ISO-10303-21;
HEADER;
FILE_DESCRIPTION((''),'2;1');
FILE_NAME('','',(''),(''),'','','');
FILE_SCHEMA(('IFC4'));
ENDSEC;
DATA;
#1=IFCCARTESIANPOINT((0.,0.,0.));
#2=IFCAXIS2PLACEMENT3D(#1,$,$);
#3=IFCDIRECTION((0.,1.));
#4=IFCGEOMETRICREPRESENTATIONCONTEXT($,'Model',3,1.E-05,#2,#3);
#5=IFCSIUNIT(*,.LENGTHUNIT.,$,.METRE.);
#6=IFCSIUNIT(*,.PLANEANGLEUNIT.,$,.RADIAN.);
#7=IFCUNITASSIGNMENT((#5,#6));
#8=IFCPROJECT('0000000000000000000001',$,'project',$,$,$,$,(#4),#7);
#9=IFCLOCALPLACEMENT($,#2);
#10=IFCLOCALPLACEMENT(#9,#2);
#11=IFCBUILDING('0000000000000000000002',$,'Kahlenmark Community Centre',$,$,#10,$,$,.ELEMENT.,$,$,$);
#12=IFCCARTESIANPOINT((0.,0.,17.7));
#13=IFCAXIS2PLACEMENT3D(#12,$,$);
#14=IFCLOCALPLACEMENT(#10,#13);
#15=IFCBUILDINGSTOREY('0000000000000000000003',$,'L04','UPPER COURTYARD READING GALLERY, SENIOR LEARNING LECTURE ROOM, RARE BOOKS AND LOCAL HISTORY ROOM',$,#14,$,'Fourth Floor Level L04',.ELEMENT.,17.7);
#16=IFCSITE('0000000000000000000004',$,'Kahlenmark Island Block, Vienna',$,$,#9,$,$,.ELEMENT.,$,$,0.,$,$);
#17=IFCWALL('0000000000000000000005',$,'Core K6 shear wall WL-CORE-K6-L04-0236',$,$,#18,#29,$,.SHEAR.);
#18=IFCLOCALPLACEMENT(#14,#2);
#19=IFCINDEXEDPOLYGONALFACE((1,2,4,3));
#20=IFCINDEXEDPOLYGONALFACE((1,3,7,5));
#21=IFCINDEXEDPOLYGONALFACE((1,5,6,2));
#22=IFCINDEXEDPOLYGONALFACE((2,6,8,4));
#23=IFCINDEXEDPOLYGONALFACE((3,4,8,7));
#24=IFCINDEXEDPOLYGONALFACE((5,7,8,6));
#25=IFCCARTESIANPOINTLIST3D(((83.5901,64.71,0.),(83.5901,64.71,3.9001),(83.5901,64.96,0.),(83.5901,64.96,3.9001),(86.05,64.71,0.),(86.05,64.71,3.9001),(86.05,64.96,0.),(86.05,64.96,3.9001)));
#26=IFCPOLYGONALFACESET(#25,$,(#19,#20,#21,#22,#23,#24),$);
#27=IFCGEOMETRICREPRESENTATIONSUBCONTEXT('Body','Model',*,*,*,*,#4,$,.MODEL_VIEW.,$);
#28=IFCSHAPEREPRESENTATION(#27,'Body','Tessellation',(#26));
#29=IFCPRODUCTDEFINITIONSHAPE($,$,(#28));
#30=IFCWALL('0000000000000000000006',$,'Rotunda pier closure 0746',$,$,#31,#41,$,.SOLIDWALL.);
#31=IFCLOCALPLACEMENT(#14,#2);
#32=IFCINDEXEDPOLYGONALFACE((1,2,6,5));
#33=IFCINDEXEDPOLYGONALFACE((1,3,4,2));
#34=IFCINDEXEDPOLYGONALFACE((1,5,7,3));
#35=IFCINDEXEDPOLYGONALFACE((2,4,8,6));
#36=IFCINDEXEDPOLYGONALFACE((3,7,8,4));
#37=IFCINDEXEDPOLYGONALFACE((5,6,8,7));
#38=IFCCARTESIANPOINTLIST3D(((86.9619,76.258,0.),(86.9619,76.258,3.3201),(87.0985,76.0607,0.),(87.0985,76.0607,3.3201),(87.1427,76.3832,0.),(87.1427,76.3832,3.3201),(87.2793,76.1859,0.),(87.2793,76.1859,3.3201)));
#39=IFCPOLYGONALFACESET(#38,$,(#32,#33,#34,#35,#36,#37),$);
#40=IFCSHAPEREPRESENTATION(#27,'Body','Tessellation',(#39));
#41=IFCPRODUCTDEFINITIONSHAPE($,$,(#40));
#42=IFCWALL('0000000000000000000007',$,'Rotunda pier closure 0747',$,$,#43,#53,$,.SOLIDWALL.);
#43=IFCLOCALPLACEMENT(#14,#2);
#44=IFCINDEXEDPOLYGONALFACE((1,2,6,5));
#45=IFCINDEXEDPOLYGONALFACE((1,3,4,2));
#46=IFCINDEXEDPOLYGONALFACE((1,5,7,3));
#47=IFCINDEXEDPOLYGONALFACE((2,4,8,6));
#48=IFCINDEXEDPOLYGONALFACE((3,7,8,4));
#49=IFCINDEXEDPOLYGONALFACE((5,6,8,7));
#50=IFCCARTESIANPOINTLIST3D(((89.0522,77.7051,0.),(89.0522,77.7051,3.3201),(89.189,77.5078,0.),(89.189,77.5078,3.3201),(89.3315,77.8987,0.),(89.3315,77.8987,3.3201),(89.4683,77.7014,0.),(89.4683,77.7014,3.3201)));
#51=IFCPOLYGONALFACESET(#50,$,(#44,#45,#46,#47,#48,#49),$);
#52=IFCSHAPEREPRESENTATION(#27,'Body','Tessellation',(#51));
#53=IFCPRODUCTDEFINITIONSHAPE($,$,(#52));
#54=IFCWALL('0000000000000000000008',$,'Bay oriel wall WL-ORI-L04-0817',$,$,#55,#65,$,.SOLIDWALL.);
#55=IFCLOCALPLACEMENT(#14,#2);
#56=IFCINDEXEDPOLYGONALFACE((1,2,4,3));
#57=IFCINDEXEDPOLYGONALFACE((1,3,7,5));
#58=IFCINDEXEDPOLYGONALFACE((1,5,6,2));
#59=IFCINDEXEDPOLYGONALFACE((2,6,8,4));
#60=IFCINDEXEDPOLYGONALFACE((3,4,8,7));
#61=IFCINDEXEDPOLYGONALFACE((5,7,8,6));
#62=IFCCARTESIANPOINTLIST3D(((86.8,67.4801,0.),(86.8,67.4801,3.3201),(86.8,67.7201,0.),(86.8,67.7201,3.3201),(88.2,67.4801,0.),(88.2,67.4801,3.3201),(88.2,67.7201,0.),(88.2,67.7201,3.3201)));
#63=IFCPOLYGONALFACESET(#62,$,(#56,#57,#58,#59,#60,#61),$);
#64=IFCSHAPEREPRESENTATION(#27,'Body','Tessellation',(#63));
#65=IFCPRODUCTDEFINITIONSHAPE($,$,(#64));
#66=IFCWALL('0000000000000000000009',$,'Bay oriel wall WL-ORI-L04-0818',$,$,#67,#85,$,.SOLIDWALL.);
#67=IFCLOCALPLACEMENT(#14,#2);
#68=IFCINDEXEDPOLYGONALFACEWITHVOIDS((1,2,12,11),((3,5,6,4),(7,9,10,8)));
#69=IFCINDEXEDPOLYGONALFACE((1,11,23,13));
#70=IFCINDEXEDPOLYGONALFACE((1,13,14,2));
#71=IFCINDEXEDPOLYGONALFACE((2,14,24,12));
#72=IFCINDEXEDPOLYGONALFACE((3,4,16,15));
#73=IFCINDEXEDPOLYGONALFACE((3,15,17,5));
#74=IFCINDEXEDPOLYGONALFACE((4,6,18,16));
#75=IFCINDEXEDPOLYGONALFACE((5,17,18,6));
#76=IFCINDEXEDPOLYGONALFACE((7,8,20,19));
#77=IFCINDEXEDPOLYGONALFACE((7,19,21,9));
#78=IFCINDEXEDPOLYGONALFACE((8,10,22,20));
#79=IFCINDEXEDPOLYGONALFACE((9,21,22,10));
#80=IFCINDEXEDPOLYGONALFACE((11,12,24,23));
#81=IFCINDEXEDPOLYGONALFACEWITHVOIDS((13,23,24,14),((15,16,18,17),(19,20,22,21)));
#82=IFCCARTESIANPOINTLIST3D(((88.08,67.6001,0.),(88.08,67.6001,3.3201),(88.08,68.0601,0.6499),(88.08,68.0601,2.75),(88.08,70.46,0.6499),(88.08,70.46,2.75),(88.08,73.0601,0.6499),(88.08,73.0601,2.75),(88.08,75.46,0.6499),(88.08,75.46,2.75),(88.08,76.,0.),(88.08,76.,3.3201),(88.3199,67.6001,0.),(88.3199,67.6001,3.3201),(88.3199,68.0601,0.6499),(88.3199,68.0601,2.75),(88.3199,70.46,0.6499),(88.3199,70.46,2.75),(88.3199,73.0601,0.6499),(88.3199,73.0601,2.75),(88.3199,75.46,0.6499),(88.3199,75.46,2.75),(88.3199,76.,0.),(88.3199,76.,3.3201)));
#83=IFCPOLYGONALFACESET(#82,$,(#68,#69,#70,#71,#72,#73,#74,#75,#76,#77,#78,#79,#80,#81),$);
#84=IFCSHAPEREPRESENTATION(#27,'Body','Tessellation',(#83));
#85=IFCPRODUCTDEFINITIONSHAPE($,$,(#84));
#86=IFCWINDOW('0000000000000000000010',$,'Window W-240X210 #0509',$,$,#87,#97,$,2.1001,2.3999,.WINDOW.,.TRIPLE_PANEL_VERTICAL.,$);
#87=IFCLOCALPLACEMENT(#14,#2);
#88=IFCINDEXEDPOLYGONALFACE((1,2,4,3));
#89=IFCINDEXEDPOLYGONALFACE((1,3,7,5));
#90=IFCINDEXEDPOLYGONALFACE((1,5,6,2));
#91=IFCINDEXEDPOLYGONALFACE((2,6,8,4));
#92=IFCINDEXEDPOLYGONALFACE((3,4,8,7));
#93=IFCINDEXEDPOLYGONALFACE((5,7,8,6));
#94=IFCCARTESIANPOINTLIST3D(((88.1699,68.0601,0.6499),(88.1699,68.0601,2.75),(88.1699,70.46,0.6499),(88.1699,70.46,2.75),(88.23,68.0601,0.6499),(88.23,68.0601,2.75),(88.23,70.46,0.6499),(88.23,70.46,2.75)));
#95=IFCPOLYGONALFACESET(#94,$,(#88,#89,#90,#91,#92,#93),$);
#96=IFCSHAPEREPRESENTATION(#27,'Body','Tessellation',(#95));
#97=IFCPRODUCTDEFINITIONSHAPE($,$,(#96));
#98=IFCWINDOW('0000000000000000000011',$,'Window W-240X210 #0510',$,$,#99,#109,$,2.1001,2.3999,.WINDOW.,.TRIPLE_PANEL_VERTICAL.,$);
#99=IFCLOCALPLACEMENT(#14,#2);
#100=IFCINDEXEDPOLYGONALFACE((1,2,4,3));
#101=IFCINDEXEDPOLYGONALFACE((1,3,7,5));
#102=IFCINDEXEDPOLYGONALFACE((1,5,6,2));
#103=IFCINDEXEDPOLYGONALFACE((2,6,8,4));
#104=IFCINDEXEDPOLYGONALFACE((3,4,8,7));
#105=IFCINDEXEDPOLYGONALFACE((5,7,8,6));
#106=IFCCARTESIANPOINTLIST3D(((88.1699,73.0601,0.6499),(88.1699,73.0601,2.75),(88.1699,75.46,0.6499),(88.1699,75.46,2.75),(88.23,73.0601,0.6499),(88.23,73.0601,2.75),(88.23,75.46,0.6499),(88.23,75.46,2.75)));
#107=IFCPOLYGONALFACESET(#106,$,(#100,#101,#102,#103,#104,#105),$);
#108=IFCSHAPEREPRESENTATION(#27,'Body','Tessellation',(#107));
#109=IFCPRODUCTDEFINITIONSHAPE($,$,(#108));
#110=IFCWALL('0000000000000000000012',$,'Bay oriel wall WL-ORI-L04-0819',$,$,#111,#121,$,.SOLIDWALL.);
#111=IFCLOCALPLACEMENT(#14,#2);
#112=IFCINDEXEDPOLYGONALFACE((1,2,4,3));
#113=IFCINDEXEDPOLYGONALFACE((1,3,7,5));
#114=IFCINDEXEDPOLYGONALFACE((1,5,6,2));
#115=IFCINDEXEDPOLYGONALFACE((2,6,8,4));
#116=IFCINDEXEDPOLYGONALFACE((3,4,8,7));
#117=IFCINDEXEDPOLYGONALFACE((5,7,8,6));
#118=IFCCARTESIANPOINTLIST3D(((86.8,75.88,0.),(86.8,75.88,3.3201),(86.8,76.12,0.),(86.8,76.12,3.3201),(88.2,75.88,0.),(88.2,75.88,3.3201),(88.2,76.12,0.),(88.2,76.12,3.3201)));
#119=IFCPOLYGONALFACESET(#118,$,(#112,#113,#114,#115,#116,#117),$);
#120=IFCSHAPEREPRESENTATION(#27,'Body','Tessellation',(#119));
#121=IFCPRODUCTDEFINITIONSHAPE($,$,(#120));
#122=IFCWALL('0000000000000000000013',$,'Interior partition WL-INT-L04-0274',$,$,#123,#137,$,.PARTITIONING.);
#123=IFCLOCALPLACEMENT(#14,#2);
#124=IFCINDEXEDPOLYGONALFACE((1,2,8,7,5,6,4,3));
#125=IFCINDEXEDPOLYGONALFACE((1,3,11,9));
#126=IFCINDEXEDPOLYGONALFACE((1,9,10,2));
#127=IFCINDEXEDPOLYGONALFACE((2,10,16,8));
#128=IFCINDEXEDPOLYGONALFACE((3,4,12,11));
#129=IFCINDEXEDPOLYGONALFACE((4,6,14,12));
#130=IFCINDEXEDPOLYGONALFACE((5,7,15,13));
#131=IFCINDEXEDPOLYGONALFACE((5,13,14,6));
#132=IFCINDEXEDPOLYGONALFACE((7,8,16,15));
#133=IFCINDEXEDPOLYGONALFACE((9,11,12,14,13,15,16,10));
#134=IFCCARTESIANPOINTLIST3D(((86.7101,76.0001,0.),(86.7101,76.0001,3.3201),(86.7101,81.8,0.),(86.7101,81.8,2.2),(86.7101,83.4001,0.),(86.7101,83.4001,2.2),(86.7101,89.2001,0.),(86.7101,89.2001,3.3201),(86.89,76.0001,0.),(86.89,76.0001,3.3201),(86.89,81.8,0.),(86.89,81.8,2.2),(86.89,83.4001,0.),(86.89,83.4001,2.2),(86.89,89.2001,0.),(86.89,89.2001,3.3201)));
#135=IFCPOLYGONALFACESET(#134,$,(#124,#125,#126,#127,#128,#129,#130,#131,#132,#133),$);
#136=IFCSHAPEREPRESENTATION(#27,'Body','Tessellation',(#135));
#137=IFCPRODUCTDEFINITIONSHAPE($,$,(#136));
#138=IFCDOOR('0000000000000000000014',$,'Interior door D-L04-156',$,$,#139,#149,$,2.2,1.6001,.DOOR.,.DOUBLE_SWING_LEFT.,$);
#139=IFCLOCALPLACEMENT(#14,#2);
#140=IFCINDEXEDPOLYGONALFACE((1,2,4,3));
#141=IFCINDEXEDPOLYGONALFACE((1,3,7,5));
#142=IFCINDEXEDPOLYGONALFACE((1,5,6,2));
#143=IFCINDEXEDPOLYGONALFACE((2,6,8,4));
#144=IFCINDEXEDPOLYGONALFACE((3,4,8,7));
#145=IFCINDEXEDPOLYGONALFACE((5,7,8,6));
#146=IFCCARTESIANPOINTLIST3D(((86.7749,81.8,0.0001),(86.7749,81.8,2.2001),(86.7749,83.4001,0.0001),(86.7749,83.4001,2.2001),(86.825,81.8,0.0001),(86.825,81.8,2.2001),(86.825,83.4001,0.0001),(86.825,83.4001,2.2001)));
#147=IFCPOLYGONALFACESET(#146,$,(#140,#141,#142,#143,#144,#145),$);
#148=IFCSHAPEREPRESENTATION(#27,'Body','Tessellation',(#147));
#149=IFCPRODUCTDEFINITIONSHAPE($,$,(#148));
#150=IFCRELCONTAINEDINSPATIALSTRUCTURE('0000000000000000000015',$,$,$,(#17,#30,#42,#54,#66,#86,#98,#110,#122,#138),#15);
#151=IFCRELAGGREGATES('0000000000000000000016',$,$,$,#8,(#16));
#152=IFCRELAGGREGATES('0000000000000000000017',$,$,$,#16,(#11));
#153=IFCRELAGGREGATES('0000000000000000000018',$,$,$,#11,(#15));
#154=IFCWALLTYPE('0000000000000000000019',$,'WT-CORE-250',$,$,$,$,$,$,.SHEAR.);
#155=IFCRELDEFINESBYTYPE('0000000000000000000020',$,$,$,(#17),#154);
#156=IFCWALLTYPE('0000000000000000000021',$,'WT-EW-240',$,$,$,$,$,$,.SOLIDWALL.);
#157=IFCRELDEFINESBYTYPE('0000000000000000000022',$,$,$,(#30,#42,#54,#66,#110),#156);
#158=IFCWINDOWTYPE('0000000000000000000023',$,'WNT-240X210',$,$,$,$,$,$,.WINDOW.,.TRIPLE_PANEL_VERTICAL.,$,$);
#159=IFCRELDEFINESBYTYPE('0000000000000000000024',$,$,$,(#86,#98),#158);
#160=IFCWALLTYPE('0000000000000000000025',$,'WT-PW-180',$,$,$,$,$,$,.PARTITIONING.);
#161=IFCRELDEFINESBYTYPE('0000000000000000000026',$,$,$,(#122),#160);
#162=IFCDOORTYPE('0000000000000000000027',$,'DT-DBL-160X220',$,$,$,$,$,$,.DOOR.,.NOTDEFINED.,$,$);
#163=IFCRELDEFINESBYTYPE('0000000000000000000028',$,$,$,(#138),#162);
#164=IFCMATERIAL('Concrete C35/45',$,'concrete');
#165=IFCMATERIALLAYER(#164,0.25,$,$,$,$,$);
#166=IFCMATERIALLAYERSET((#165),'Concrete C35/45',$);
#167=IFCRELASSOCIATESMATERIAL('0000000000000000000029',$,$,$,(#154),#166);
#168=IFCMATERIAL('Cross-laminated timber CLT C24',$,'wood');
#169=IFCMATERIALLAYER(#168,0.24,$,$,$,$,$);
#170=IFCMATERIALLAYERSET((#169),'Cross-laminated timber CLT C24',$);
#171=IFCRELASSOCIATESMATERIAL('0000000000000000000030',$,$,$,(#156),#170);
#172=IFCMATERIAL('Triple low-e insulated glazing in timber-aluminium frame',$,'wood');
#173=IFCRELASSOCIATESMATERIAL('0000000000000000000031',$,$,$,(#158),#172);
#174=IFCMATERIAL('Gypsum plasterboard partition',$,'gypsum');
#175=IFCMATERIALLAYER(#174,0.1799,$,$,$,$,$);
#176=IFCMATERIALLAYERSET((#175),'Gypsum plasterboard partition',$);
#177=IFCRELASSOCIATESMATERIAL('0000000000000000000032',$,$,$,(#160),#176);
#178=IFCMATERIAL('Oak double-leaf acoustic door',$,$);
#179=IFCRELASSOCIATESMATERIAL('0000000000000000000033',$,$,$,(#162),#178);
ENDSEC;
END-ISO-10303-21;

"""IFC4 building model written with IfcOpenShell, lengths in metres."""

from ifc_helpers import new_model, si_unit, direction, frame, frame_2d, origin, place, context, subcontext, project, spatial, rectangle, extrude, material, layer, layer_set, type_object, element, fill, save


model = new_model("IFC4")

# Units and contexts
model_context = context("Model", 3, precision=1e-05, world=origin(), true_north=direction((0.0, 1.0)))
body_context = subcontext(model_context, "Body", "Model", "MODEL_VIEW")
ifc_project = project(units=[si_unit("LENGTHUNIT", "METRE"), si_unit("PLANEANGLEUNIT", "RADIAN")], contexts=[model_context])

# Site, building, storey
site_placement = place(None, origin())
site = spatial("IfcSite", under=ifc_project, at=site_placement, Name="Kahlenmark Island Block, Vienna", CompositionType="ELEMENT", RefElevation=0.0)
building_placement = place(site_placement, origin())
building = spatial("IfcBuilding", under=site, at=building_placement, Name="Kahlenmark Community Centre", CompositionType="ELEMENT")
storey_placement = place(building_placement, frame((0.0, 0.0, 17.7)))
storey = spatial("IfcBuildingStorey", under=building, at=storey_placement, Name="L04", Description="UPPER COURTYARD READING GALLERY, SENIOR LEARNING LECTURE ROOM, RARE BOOKS AND LOCAL HISTORY ROOM", LongName="Fourth Floor Level L04", CompositionType="ELEMENT", Elevation=17.7)

# Walls
ifc_material_1 = material(Name="Concrete C35/45", Category="concrete")
ifc_layer_1 = layer(ifc_material_1, 0.25)
ifc_layer_set_1 = layer_set([ifc_layer_1], Name="Concrete C35/45")
wall_type_1 = type_object("IfcWallType", Name="WT-CORE-250", PredefinedType="SHEAR", material=ifc_layer_set_1)
wall_1_placement = place(storey_placement, frame((83.5901, 64.835, 0.0), z_axis=(0.0, 0.0, 1.0), x_axis=(1.0, 0.0, 0.0)))
element("IfcWall", 1, at=wall_1_placement, inside=storey, type_object=wall_type_1, Name="Core K6 shear wall WL-CORE-K6-L04-0236", PredefinedType="SHEAR", context=body_context, shape_type="SweptSolid", body=[
    extrude(rectangle(XDim=2.46, YDim=0.25, at=frame_2d((1.23, 0.0))), origin(), (0.0, 0.0, 1.0), 3.9001),
])
ifc_material_2 = material(Name="Cross-laminated timber CLT C24", Category="wood")
ifc_layer_2 = layer(ifc_material_2, 0.24)
ifc_layer_set_2 = layer_set([ifc_layer_2], Name="Cross-laminated timber CLT C24")
wall_type_2 = type_object("IfcWallType", Name="WT-EW-240", PredefinedType="SOLIDWALL", material=ifc_layer_set_2)
wall_2_placement = place(storey_placement, frame((87.0303, 76.1594, 0.0), z_axis=(0.0, 0.0, 1.0), x_axis=(0.822192, 0.56921, 0.0)))
element("IfcWall", 2, at=wall_2_placement, inside=storey, type_object=wall_type_2, Name="Rotunda pier closure 0746", PredefinedType="SOLIDWALL", context=body_context, shape_type="SweptSolid", body=[
    extrude(rectangle(XDim=0.22, YDim=0.24, at=frame_2d((0.1099, 0.0))), origin(), (0.0, 0.0, 1.0), 3.3201),
])
wall_3_placement = place(storey_placement, frame((89.1206, 77.6064, 0.0), z_axis=(0.0, 0.0, 1.0), x_axis=(0.821856, 0.569696, 0.0)))
element("IfcWall", 3, at=wall_3_placement, inside=storey, type_object=wall_type_2, Name="Rotunda pier closure 0747", PredefinedType="SOLIDWALL", context=body_context, shape_type="SweptSolid", body=[
    extrude(rectangle(XDim=0.3398, YDim=0.24, at=frame_2d((0.1699, 0.0))), origin(), (0.0, 0.0, 1.0), 3.3201),
])
wall_4_placement = place(storey_placement, frame((86.8, 67.6001, 0.0), z_axis=(0.0, 0.0, 1.0), x_axis=(1.0, 0.0, 0.0)))
element("IfcWall", 4, at=wall_4_placement, inside=storey, type_object=wall_type_2, Name="Bay oriel wall WL-ORI-L04-0817", PredefinedType="SOLIDWALL", context=body_context, shape_type="SweptSolid", body=[
    extrude(rectangle(XDim=1.3999, YDim=0.24, at=frame_2d((0.7, 0.0))), origin(), (0.0, 0.0, 1.0), 3.3201),
])

# Wall, openings, windows
wall_5_placement = place(storey_placement, frame((88.2, 67.6001, 0.0), z_axis=(0.0, 0.0, 1.0), x_axis=(0.0, 1.0, 0.0)))
wall_5 = element("IfcWall", 5, at=wall_5_placement, inside=storey, type_object=wall_type_2, Name="Bay oriel wall WL-ORI-L04-0818", PredefinedType="SOLIDWALL", context=body_context, shape_type="SweptSolid", body=[
    extrude(rectangle(XDim=8.3999, YDim=0.24, at=frame_2d((4.2, 0.0))), origin(), (0.0, 0.0, 1.0), 3.3201),
])
opening_1_placement = place(wall_5_placement, frame((0.46, 0.0, 0.6499)))
opening_1 = element("IfcOpeningElement", 6, at=opening_1_placement, cuts=wall_5, PredefinedType="OPENING", context=body_context, shape_type="SweptSolid", body=[
    extrude(rectangle(XDim=2.3999, YDim=2.1001, at=frame_2d((1.2, 1.05))), frame((0.0, 0.1299, 0.0), z_axis=(0.0, -1.0, 0.0), x_axis=(1.0, 0.0, 0.0)), (0.0, 0.0, 1.0), 0.26),
])
opening_2_placement = place(wall_5_placement, frame((5.46, 0.0, 0.6499)))
opening_2 = element("IfcOpeningElement", 7, at=opening_2_placement, cuts=wall_5, PredefinedType="OPENING", context=body_context, shape_type="SweptSolid", body=[
    extrude(rectangle(XDim=2.3999, YDim=2.1001, at=frame_2d((1.2, 1.05))), frame((0.0, 0.1299, 0.0), z_axis=(0.0, -1.0, 0.0), x_axis=(1.0, 0.0, 0.0)), (0.0, 0.0, 1.0), 0.26),
])
ifc_material_3 = material(Name="Triple low-e insulated glazing in timber-aluminium frame", Category="wood")
window_type = type_object("IfcWindowType", Name="WNT-240X210", PartitioningType="TRIPLE_PANEL_VERTICAL", PredefinedType="WINDOW", material=ifc_material_3)
window_1_placement = place(opening_1_placement, origin())
window_1 = element("IfcWindow", 8, at=window_1_placement, inside=storey, type_object=window_type, Name="Window W-240X210 #0509", OverallHeight=2.1001, OverallWidth=2.3999, PartitioningType="TRIPLE_PANEL_VERTICAL", PredefinedType="WINDOW", context=body_context, shape_type="SweptSolid", body=[
    extrude(rectangle(XDim=2.3999, YDim=2.1001, at=frame_2d((1.2, 1.05))), frame((0.0, 0.03, 0.0), z_axis=(0.0, -1.0, 0.0), x_axis=(1.0, 0.0, 0.0)), (0.0, 0.0, 1.0), 0.0601),
])
fill(opening_1, window_1)
window_2_placement = place(opening_2_placement, origin())
window_2 = element("IfcWindow", 9, at=window_2_placement, inside=storey, type_object=window_type, Name="Window W-240X210 #0510", OverallHeight=2.1001, OverallWidth=2.3999, PartitioningType="TRIPLE_PANEL_VERTICAL", PredefinedType="WINDOW", context=body_context, shape_type="SweptSolid", body=[
    extrude(rectangle(XDim=2.3999, YDim=2.1001, at=frame_2d((1.2, 1.05))), frame((0.0, 0.03, 0.0), z_axis=(0.0, -1.0, 0.0), x_axis=(1.0, 0.0, 0.0)), (0.0, 0.0, 1.0), 0.0601),
])
fill(opening_2, window_2)

# Wall
wall_6_placement = place(storey_placement, frame((88.2, 76.0, 0.0), z_axis=(0.0, 0.0, 1.0), x_axis=(-1.0, 0.0, 0.0)))
element("IfcWall", 10, at=wall_6_placement, inside=storey, type_object=wall_type_2, Name="Bay oriel wall WL-ORI-L04-0819", PredefinedType="SOLIDWALL", context=body_context, shape_type="SweptSolid", body=[
    extrude(rectangle(XDim=1.3999, YDim=0.24, at=frame_2d((0.7, 0.0))), origin(), (0.0, 0.0, 1.0), 3.3201),
])

# Wall, opening, door
ifc_material_4 = material(Name="Gypsum plasterboard partition", Category="gypsum")
ifc_layer_3 = layer(ifc_material_4, 0.1799)
ifc_layer_set_3 = layer_set([ifc_layer_3], Name="Gypsum plasterboard partition")
wall_type_3 = type_object("IfcWallType", Name="WT-PW-180", PredefinedType="PARTITIONING", material=ifc_layer_set_3)
wall_7_placement = place(storey_placement, frame((86.8, 76.0, 0.0), z_axis=(0.0, 0.0, 1.0), x_axis=(0.0, 1.0, 0.0)))
wall_7 = element("IfcWall", 11, at=wall_7_placement, inside=storey, type_object=wall_type_3, Name="Interior partition WL-INT-L04-0274", PredefinedType="PARTITIONING", context=body_context, shape_type="SweptSolid", body=[
    extrude(rectangle(XDim=13.2, YDim=0.1799, at=frame_2d((6.6001, 0.0))), origin(), (0.0, 0.0, 1.0), 3.3201),
])
opening_3_placement = place(wall_7_placement, frame((5.8, 0.0, -0.01)))
opening_3 = element("IfcOpeningElement", 12, at=opening_3_placement, cuts=wall_7, PredefinedType="OPENING", context=body_context, shape_type="SweptSolid", body=[
    extrude(rectangle(XDim=1.6001, YDim=2.21, at=frame_2d((0.8, 1.105))), frame((0.0, 0.0999, 0.0), z_axis=(0.0, -1.0, 0.0), x_axis=(1.0, 0.0, 0.0)), (0.0, 0.0, 1.0), 0.2),
])
ifc_material_5 = material(Name="Oak double-leaf acoustic door")
door_type_1 = type_object("IfcDoorType", Name="DT-DBL-160X220", OperationType="NOTDEFINED", PredefinedType="DOOR", material=ifc_material_5)
door_1_placement = place(opening_3_placement, frame((1.6001, 0.0, 0.01), z_axis=(0.0, 0.0, 1.0), x_axis=(-1.0, 0.0, 0.0)))
door_1 = element("IfcDoor", 13, at=door_1_placement, inside=storey, type_object=door_type_1, Name="Interior door D-L04-156", OperationType="DOUBLE_SWING_LEFT", OverallHeight=2.2, OverallWidth=1.6001, PredefinedType="DOOR", context=body_context, shape_type="SweptSolid", body=[
    extrude(rectangle(XDim=1.6001, YDim=2.2, at=frame_2d((0.8, 1.1001))), frame((0.0, 0.0249, 0.0), z_axis=(0.0, -1.0, 0.0), x_axis=(1.0, 0.0, 0.0)), (0.0, 0.0, 1.0), 0.05),
])
fill(opening_3, door_1)

save(model, "model.ifc")
